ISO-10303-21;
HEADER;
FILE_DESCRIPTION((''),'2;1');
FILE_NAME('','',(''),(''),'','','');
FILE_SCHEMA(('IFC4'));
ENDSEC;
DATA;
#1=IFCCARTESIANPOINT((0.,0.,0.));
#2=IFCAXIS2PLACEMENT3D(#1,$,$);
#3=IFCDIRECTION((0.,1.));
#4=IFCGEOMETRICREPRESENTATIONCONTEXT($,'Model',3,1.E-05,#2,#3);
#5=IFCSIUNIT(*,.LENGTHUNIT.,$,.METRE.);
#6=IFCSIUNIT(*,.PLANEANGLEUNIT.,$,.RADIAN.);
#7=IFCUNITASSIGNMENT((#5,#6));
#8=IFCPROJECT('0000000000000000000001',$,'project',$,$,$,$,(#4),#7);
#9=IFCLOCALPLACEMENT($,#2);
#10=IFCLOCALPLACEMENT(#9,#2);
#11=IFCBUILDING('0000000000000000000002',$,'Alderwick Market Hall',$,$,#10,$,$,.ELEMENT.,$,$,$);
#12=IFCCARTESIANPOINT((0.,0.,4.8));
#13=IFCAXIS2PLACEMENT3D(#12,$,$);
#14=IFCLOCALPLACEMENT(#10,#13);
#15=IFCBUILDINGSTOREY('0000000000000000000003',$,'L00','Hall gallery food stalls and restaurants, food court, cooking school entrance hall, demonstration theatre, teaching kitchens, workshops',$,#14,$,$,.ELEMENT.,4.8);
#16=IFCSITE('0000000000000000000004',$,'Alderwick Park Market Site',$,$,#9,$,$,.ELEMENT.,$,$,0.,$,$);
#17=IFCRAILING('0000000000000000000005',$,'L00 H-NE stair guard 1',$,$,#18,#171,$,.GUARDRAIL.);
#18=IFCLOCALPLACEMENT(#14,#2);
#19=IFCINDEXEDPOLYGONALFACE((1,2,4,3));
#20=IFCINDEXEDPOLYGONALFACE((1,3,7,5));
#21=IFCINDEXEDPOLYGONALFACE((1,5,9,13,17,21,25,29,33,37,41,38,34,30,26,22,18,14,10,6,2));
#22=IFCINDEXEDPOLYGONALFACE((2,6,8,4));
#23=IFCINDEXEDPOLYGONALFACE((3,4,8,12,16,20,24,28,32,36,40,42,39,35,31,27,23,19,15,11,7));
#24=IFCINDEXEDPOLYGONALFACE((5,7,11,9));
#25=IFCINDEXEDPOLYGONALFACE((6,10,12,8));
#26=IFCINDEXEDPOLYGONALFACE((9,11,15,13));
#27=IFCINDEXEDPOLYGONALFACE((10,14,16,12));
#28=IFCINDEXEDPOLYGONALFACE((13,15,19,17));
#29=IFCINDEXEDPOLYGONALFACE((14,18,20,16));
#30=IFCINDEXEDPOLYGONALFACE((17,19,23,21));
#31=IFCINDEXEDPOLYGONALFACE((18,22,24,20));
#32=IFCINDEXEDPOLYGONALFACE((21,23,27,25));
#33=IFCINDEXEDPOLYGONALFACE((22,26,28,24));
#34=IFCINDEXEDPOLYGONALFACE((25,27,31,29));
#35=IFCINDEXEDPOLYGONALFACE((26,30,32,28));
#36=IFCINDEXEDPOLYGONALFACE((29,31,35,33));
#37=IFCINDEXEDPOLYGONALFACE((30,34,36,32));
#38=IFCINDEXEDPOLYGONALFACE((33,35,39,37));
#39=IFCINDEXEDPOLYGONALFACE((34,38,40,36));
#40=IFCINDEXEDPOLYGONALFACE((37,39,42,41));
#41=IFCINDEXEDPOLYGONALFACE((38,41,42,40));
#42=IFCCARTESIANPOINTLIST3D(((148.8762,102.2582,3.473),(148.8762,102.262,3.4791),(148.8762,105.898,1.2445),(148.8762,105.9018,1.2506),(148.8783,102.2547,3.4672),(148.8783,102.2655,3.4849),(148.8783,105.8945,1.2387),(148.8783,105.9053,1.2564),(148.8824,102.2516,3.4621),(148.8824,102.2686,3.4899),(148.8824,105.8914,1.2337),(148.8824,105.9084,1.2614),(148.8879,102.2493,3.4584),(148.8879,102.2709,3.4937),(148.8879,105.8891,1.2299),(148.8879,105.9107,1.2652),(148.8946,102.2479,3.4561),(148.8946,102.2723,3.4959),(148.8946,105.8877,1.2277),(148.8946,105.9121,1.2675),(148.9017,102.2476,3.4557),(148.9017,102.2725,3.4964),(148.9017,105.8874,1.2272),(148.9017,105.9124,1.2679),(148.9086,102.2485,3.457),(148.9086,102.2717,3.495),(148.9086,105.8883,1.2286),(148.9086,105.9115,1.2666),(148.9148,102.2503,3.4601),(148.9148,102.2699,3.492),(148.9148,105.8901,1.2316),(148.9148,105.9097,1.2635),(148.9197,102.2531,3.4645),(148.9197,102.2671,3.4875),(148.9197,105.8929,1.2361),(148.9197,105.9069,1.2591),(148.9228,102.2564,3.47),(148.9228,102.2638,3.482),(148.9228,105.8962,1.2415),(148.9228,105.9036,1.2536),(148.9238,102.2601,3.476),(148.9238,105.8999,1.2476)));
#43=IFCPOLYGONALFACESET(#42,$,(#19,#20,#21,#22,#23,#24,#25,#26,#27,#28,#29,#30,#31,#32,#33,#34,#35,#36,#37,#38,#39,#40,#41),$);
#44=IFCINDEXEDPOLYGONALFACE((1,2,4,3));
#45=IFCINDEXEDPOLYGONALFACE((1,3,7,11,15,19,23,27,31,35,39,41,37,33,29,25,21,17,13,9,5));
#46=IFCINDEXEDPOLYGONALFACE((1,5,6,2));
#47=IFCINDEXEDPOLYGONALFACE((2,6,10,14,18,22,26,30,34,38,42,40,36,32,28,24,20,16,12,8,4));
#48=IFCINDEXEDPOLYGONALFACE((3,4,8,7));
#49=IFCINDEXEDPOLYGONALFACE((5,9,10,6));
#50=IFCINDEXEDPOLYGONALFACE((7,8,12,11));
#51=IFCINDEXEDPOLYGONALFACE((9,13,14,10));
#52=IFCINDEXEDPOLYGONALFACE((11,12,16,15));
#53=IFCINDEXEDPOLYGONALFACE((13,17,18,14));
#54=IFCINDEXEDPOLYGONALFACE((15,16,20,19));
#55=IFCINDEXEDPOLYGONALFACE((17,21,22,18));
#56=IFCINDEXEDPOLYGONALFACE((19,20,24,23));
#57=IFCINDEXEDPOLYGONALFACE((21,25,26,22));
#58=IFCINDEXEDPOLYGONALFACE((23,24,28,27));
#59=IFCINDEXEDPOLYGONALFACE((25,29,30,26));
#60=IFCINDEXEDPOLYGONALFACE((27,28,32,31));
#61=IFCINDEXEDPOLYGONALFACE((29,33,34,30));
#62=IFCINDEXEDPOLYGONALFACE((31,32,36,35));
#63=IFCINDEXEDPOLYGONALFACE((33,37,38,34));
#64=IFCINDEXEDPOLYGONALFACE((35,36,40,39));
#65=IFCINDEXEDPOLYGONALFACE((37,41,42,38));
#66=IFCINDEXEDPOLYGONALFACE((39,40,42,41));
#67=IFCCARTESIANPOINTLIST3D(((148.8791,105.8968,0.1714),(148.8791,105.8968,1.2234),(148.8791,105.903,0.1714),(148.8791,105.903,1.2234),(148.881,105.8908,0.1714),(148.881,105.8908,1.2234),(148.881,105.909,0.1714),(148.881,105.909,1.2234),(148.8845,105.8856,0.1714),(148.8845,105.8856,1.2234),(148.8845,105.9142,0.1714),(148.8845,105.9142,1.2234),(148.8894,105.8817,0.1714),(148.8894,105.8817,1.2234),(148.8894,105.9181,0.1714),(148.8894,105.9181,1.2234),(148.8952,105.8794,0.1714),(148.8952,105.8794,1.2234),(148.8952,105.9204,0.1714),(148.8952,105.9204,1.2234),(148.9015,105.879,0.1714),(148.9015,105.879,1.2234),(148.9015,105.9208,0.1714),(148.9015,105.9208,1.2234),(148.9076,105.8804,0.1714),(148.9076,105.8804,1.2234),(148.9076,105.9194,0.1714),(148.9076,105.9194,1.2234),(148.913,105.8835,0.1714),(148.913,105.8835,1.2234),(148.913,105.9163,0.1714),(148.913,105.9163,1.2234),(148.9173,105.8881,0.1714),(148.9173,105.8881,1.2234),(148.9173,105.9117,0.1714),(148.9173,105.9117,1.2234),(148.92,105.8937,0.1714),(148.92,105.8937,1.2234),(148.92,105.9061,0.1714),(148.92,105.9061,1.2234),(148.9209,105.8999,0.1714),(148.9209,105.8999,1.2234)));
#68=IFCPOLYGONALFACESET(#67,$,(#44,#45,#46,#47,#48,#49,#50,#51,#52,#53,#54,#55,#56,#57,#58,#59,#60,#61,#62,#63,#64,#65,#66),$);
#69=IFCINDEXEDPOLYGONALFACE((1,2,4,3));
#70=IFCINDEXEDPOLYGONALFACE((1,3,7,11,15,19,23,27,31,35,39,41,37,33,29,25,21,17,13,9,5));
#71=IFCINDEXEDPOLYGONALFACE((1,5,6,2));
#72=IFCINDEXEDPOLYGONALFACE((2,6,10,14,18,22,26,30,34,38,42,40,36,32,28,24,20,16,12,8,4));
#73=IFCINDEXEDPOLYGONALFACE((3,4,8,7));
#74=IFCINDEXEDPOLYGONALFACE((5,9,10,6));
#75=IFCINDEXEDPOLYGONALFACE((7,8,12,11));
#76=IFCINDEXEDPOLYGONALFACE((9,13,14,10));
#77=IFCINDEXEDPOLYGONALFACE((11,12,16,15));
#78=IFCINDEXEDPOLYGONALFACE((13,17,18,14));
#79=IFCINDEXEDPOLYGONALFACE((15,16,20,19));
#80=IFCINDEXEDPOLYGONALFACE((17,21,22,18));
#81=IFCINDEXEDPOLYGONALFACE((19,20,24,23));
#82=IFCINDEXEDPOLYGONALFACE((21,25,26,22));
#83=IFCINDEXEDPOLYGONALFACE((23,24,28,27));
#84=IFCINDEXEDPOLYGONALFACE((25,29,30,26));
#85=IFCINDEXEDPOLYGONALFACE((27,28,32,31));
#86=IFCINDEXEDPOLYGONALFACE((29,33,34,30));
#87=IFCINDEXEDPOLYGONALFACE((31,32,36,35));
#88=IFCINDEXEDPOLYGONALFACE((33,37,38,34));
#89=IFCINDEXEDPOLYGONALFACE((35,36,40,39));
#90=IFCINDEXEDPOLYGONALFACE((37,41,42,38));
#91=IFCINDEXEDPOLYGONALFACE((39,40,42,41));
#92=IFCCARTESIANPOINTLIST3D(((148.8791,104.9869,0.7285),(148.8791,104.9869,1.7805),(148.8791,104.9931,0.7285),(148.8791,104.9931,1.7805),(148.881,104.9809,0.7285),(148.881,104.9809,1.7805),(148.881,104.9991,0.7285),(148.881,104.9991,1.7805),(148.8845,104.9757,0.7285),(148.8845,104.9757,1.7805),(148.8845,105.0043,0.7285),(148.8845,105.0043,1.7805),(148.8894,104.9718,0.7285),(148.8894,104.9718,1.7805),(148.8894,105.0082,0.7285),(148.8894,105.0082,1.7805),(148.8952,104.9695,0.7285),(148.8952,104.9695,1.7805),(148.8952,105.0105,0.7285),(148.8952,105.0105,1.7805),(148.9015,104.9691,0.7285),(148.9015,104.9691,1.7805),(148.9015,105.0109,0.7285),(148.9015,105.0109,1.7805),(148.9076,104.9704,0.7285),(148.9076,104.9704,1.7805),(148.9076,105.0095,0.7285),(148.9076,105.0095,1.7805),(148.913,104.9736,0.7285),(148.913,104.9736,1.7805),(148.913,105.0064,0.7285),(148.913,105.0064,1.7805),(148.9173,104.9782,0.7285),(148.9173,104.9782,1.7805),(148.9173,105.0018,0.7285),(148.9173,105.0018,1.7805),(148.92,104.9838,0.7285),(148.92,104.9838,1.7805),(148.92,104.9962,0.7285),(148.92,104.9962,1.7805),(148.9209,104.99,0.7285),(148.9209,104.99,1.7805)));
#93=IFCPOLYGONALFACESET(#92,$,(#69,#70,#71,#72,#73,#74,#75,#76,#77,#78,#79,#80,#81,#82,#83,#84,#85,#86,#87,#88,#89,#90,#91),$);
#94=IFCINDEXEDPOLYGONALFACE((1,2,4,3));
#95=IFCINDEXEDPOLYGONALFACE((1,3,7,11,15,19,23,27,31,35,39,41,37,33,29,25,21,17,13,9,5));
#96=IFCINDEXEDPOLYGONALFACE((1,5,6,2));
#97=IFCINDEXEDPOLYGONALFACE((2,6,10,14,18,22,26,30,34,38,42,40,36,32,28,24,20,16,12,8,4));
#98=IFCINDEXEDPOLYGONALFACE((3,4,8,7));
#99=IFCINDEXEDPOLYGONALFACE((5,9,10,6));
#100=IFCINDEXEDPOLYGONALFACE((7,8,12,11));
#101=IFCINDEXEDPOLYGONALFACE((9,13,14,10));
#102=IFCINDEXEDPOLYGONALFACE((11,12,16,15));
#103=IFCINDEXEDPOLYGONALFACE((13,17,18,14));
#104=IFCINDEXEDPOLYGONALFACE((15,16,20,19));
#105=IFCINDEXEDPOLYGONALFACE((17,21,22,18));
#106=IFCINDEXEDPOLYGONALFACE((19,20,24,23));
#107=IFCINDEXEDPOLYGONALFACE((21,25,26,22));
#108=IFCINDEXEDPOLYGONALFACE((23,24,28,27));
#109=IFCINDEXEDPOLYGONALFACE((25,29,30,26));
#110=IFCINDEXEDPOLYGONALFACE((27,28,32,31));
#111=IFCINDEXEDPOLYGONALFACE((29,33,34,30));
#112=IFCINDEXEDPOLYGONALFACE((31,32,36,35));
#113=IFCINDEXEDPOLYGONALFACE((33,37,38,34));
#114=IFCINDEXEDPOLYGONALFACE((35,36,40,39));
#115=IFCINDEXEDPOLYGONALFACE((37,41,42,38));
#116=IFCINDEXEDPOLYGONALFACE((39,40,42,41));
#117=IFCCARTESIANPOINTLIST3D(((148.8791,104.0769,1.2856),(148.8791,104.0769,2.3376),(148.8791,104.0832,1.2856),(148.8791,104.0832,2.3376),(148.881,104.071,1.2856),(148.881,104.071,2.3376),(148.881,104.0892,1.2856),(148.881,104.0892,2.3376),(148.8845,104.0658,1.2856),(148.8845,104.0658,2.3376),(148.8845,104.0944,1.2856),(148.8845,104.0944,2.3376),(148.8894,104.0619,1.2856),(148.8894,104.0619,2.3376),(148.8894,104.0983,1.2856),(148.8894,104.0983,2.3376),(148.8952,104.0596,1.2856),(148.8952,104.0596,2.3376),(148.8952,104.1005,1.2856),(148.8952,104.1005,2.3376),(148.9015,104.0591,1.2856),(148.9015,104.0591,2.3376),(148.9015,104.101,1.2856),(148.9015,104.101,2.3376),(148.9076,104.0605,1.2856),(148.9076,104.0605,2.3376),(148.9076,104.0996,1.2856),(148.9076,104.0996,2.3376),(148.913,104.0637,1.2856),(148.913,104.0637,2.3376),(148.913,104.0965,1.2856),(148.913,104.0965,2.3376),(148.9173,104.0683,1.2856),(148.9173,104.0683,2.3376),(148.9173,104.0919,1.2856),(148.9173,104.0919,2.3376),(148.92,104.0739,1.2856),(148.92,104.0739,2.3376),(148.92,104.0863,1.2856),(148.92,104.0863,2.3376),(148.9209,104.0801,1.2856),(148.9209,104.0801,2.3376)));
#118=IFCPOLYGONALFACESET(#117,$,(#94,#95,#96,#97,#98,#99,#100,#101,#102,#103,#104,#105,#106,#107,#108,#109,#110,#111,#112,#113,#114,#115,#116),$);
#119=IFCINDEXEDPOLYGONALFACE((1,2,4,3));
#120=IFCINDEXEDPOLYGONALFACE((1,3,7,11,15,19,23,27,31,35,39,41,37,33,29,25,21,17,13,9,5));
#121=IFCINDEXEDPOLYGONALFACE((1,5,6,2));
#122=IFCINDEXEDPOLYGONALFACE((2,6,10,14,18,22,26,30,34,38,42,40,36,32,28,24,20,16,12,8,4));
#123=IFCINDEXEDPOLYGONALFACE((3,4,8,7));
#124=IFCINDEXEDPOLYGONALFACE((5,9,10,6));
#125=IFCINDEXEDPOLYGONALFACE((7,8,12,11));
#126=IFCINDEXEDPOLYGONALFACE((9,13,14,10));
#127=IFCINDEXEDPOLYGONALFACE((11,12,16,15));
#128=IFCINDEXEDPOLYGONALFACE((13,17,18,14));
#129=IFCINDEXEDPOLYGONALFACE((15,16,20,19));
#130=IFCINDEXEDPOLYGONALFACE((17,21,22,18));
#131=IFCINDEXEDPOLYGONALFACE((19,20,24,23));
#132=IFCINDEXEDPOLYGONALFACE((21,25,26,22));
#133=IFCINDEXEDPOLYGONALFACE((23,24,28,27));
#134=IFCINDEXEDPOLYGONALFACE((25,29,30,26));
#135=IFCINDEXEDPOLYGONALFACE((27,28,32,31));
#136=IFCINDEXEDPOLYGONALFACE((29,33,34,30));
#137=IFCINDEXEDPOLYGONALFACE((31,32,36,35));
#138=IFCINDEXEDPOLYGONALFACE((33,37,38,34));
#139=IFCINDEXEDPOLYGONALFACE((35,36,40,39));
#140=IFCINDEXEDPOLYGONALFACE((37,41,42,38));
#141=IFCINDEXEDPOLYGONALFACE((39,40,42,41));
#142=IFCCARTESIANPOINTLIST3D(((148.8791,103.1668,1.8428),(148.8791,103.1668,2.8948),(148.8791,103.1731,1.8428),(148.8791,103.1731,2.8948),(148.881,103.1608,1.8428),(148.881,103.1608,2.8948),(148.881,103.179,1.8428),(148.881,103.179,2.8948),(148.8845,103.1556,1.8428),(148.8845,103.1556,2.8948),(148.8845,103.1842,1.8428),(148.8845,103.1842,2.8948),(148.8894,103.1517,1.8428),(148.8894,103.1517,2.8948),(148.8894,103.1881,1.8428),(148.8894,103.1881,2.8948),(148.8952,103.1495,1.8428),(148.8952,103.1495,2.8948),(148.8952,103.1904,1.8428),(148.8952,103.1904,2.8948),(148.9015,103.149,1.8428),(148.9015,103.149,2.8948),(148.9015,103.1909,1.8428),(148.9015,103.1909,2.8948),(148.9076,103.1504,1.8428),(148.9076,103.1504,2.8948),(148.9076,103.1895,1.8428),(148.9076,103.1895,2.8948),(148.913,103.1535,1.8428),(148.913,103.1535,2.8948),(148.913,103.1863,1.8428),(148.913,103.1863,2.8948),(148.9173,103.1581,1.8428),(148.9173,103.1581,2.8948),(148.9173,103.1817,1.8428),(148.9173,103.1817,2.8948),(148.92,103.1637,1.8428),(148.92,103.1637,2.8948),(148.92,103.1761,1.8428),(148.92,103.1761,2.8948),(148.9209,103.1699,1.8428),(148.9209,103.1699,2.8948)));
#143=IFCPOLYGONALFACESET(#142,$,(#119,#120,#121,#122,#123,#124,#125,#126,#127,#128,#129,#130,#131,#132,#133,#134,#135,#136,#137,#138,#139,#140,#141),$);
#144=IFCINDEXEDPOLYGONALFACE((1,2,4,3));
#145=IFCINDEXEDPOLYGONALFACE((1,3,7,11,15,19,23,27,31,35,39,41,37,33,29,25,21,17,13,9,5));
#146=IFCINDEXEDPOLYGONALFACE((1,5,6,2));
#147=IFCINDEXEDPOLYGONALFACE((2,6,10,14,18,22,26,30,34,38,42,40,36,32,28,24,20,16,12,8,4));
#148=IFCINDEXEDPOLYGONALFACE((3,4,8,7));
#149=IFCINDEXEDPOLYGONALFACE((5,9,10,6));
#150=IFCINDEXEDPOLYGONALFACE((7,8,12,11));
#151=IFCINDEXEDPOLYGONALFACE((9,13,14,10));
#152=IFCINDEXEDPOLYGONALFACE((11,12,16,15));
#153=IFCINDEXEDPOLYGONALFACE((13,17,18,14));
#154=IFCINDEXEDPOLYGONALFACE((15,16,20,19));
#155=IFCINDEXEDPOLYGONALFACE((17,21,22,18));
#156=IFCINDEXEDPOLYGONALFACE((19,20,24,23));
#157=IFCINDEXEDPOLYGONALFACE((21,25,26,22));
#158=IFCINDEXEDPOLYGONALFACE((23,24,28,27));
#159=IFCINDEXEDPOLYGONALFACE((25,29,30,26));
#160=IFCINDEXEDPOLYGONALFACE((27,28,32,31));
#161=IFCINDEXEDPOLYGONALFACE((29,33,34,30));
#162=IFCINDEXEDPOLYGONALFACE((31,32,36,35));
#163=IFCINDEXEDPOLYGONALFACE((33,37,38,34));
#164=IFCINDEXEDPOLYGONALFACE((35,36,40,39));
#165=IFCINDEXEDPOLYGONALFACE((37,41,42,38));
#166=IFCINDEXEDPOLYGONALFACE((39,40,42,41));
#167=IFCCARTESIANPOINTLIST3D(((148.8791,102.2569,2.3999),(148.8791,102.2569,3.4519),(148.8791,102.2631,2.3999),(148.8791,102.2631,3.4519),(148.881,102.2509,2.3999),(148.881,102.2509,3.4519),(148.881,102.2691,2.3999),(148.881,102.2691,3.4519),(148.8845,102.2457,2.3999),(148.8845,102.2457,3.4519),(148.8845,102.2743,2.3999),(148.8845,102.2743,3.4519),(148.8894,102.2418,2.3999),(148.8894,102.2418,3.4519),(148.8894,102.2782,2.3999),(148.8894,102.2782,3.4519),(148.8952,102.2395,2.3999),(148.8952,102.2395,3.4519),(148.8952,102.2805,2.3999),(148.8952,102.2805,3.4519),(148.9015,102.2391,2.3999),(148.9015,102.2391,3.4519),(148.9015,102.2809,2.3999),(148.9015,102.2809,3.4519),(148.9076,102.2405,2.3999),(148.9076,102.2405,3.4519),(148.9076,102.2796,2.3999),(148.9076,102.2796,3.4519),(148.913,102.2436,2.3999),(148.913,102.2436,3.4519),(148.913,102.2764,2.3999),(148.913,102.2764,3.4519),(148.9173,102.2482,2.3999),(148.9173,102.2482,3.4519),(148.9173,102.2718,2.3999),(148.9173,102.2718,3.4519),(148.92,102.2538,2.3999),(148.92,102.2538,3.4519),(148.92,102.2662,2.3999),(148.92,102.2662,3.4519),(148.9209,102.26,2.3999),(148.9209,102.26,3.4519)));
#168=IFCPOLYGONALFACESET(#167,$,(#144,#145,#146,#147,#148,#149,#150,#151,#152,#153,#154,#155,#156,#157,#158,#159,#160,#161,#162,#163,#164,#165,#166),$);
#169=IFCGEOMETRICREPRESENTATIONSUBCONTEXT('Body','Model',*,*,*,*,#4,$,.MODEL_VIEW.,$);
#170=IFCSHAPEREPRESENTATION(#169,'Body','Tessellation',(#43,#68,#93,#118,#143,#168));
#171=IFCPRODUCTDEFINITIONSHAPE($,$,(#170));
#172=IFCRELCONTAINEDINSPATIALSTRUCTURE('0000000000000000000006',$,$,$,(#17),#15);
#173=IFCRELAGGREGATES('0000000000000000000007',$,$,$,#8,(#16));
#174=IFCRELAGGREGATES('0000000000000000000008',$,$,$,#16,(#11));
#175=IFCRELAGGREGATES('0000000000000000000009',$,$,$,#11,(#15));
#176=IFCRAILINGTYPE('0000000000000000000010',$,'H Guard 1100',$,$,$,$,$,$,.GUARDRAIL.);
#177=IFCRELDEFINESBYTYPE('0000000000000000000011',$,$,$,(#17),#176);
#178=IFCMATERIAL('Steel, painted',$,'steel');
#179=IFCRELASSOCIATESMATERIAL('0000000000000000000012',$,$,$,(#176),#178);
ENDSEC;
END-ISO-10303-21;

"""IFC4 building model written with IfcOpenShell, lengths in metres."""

from ifc_helpers import new_model, si_unit, direction, frame, origin, origin_2d, place, context, subcontext, project, spatial, circle, extrude, material, type_object, element, save


model = new_model("IFC4")

# Units and contexts
model_context = context("Model", 3, precision=1e-05, world=origin(), true_north=direction((0.0, 1.0)))
body_context = subcontext(model_context, "Body", "Model", "MODEL_VIEW")
ifc_project = project(units=[si_unit("LENGTHUNIT", "METRE"), si_unit("PLANEANGLEUNIT", "RADIAN")], contexts=[model_context])

# Site, building, storey
site_placement = place(None, origin())
site = spatial("IfcSite", under=ifc_project, at=site_placement, Name="Alderwick Park Market Site", CompositionType="ELEMENT", RefElevation=0.0)
building_placement = place(site_placement, origin())
building = spatial("IfcBuilding", under=site, at=building_placement, Name="Alderwick Market Hall", CompositionType="ELEMENT")
storey_placement = place(building_placement, frame((0.0, 0.0, 4.8)))
storey = spatial("IfcBuildingStorey", under=building, at=storey_placement, Name="L00", Description="Hall gallery food stalls and restaurants, food court, cooking school entrance hall, demonstration theatre, teaching kitchens, workshops", CompositionType="ELEMENT", Elevation=4.8)

# Railing
ifc_material_1 = material(Name="Steel, painted", Category="steel")
railing_type_1 = type_object("IfcRailingType", Name="H Guard 1100", PredefinedType="GUARDRAIL", material=ifc_material_1)
railing_1_placement = place(storey_placement, frame((148.8999, 105.8999, 0.1714)))
element("IfcRailing", 1, at=railing_1_placement, inside=storey, type_object=railing_type_1, Name="L00 H-NE stair guard 1", PredefinedType="GUARDRAIL", context=body_context, shape_type="SweptSolid", body=[
    extrude(circle(Radius=0.0239, at=origin_2d()), frame((0.0, 0.0, 1.0762), z_axis=(0.0, -0.85285, 0.522156), x_axis=(1.0, 0.0, 0.0)), (0.0, 0.0, 1.0), 4.2678),
    extrude(circle(Radius=0.021, at=origin_2d()), origin(), (0.0, 0.0, 1.0), 1.052),
    extrude(circle(Radius=0.021, at=origin_2d()), frame((0.0, -0.9099, 0.5571)), (0.0, 0.0, 1.0), 1.052),
    extrude(circle(Radius=0.021, at=origin_2d()), frame((0.0, -1.8198, 1.1143)), (0.0, 0.0, 1.0), 1.052),
    extrude(circle(Radius=0.021, at=origin_2d()), frame((0.0, -2.73, 1.6714)), (0.0, 0.0, 1.0), 1.052),
    extrude(circle(Radius=0.021, at=origin_2d()), frame((0.0, -3.6399, 2.2285)), (0.0, 0.0, 1.0), 1.052),
])

save(model, "model.ifc")
